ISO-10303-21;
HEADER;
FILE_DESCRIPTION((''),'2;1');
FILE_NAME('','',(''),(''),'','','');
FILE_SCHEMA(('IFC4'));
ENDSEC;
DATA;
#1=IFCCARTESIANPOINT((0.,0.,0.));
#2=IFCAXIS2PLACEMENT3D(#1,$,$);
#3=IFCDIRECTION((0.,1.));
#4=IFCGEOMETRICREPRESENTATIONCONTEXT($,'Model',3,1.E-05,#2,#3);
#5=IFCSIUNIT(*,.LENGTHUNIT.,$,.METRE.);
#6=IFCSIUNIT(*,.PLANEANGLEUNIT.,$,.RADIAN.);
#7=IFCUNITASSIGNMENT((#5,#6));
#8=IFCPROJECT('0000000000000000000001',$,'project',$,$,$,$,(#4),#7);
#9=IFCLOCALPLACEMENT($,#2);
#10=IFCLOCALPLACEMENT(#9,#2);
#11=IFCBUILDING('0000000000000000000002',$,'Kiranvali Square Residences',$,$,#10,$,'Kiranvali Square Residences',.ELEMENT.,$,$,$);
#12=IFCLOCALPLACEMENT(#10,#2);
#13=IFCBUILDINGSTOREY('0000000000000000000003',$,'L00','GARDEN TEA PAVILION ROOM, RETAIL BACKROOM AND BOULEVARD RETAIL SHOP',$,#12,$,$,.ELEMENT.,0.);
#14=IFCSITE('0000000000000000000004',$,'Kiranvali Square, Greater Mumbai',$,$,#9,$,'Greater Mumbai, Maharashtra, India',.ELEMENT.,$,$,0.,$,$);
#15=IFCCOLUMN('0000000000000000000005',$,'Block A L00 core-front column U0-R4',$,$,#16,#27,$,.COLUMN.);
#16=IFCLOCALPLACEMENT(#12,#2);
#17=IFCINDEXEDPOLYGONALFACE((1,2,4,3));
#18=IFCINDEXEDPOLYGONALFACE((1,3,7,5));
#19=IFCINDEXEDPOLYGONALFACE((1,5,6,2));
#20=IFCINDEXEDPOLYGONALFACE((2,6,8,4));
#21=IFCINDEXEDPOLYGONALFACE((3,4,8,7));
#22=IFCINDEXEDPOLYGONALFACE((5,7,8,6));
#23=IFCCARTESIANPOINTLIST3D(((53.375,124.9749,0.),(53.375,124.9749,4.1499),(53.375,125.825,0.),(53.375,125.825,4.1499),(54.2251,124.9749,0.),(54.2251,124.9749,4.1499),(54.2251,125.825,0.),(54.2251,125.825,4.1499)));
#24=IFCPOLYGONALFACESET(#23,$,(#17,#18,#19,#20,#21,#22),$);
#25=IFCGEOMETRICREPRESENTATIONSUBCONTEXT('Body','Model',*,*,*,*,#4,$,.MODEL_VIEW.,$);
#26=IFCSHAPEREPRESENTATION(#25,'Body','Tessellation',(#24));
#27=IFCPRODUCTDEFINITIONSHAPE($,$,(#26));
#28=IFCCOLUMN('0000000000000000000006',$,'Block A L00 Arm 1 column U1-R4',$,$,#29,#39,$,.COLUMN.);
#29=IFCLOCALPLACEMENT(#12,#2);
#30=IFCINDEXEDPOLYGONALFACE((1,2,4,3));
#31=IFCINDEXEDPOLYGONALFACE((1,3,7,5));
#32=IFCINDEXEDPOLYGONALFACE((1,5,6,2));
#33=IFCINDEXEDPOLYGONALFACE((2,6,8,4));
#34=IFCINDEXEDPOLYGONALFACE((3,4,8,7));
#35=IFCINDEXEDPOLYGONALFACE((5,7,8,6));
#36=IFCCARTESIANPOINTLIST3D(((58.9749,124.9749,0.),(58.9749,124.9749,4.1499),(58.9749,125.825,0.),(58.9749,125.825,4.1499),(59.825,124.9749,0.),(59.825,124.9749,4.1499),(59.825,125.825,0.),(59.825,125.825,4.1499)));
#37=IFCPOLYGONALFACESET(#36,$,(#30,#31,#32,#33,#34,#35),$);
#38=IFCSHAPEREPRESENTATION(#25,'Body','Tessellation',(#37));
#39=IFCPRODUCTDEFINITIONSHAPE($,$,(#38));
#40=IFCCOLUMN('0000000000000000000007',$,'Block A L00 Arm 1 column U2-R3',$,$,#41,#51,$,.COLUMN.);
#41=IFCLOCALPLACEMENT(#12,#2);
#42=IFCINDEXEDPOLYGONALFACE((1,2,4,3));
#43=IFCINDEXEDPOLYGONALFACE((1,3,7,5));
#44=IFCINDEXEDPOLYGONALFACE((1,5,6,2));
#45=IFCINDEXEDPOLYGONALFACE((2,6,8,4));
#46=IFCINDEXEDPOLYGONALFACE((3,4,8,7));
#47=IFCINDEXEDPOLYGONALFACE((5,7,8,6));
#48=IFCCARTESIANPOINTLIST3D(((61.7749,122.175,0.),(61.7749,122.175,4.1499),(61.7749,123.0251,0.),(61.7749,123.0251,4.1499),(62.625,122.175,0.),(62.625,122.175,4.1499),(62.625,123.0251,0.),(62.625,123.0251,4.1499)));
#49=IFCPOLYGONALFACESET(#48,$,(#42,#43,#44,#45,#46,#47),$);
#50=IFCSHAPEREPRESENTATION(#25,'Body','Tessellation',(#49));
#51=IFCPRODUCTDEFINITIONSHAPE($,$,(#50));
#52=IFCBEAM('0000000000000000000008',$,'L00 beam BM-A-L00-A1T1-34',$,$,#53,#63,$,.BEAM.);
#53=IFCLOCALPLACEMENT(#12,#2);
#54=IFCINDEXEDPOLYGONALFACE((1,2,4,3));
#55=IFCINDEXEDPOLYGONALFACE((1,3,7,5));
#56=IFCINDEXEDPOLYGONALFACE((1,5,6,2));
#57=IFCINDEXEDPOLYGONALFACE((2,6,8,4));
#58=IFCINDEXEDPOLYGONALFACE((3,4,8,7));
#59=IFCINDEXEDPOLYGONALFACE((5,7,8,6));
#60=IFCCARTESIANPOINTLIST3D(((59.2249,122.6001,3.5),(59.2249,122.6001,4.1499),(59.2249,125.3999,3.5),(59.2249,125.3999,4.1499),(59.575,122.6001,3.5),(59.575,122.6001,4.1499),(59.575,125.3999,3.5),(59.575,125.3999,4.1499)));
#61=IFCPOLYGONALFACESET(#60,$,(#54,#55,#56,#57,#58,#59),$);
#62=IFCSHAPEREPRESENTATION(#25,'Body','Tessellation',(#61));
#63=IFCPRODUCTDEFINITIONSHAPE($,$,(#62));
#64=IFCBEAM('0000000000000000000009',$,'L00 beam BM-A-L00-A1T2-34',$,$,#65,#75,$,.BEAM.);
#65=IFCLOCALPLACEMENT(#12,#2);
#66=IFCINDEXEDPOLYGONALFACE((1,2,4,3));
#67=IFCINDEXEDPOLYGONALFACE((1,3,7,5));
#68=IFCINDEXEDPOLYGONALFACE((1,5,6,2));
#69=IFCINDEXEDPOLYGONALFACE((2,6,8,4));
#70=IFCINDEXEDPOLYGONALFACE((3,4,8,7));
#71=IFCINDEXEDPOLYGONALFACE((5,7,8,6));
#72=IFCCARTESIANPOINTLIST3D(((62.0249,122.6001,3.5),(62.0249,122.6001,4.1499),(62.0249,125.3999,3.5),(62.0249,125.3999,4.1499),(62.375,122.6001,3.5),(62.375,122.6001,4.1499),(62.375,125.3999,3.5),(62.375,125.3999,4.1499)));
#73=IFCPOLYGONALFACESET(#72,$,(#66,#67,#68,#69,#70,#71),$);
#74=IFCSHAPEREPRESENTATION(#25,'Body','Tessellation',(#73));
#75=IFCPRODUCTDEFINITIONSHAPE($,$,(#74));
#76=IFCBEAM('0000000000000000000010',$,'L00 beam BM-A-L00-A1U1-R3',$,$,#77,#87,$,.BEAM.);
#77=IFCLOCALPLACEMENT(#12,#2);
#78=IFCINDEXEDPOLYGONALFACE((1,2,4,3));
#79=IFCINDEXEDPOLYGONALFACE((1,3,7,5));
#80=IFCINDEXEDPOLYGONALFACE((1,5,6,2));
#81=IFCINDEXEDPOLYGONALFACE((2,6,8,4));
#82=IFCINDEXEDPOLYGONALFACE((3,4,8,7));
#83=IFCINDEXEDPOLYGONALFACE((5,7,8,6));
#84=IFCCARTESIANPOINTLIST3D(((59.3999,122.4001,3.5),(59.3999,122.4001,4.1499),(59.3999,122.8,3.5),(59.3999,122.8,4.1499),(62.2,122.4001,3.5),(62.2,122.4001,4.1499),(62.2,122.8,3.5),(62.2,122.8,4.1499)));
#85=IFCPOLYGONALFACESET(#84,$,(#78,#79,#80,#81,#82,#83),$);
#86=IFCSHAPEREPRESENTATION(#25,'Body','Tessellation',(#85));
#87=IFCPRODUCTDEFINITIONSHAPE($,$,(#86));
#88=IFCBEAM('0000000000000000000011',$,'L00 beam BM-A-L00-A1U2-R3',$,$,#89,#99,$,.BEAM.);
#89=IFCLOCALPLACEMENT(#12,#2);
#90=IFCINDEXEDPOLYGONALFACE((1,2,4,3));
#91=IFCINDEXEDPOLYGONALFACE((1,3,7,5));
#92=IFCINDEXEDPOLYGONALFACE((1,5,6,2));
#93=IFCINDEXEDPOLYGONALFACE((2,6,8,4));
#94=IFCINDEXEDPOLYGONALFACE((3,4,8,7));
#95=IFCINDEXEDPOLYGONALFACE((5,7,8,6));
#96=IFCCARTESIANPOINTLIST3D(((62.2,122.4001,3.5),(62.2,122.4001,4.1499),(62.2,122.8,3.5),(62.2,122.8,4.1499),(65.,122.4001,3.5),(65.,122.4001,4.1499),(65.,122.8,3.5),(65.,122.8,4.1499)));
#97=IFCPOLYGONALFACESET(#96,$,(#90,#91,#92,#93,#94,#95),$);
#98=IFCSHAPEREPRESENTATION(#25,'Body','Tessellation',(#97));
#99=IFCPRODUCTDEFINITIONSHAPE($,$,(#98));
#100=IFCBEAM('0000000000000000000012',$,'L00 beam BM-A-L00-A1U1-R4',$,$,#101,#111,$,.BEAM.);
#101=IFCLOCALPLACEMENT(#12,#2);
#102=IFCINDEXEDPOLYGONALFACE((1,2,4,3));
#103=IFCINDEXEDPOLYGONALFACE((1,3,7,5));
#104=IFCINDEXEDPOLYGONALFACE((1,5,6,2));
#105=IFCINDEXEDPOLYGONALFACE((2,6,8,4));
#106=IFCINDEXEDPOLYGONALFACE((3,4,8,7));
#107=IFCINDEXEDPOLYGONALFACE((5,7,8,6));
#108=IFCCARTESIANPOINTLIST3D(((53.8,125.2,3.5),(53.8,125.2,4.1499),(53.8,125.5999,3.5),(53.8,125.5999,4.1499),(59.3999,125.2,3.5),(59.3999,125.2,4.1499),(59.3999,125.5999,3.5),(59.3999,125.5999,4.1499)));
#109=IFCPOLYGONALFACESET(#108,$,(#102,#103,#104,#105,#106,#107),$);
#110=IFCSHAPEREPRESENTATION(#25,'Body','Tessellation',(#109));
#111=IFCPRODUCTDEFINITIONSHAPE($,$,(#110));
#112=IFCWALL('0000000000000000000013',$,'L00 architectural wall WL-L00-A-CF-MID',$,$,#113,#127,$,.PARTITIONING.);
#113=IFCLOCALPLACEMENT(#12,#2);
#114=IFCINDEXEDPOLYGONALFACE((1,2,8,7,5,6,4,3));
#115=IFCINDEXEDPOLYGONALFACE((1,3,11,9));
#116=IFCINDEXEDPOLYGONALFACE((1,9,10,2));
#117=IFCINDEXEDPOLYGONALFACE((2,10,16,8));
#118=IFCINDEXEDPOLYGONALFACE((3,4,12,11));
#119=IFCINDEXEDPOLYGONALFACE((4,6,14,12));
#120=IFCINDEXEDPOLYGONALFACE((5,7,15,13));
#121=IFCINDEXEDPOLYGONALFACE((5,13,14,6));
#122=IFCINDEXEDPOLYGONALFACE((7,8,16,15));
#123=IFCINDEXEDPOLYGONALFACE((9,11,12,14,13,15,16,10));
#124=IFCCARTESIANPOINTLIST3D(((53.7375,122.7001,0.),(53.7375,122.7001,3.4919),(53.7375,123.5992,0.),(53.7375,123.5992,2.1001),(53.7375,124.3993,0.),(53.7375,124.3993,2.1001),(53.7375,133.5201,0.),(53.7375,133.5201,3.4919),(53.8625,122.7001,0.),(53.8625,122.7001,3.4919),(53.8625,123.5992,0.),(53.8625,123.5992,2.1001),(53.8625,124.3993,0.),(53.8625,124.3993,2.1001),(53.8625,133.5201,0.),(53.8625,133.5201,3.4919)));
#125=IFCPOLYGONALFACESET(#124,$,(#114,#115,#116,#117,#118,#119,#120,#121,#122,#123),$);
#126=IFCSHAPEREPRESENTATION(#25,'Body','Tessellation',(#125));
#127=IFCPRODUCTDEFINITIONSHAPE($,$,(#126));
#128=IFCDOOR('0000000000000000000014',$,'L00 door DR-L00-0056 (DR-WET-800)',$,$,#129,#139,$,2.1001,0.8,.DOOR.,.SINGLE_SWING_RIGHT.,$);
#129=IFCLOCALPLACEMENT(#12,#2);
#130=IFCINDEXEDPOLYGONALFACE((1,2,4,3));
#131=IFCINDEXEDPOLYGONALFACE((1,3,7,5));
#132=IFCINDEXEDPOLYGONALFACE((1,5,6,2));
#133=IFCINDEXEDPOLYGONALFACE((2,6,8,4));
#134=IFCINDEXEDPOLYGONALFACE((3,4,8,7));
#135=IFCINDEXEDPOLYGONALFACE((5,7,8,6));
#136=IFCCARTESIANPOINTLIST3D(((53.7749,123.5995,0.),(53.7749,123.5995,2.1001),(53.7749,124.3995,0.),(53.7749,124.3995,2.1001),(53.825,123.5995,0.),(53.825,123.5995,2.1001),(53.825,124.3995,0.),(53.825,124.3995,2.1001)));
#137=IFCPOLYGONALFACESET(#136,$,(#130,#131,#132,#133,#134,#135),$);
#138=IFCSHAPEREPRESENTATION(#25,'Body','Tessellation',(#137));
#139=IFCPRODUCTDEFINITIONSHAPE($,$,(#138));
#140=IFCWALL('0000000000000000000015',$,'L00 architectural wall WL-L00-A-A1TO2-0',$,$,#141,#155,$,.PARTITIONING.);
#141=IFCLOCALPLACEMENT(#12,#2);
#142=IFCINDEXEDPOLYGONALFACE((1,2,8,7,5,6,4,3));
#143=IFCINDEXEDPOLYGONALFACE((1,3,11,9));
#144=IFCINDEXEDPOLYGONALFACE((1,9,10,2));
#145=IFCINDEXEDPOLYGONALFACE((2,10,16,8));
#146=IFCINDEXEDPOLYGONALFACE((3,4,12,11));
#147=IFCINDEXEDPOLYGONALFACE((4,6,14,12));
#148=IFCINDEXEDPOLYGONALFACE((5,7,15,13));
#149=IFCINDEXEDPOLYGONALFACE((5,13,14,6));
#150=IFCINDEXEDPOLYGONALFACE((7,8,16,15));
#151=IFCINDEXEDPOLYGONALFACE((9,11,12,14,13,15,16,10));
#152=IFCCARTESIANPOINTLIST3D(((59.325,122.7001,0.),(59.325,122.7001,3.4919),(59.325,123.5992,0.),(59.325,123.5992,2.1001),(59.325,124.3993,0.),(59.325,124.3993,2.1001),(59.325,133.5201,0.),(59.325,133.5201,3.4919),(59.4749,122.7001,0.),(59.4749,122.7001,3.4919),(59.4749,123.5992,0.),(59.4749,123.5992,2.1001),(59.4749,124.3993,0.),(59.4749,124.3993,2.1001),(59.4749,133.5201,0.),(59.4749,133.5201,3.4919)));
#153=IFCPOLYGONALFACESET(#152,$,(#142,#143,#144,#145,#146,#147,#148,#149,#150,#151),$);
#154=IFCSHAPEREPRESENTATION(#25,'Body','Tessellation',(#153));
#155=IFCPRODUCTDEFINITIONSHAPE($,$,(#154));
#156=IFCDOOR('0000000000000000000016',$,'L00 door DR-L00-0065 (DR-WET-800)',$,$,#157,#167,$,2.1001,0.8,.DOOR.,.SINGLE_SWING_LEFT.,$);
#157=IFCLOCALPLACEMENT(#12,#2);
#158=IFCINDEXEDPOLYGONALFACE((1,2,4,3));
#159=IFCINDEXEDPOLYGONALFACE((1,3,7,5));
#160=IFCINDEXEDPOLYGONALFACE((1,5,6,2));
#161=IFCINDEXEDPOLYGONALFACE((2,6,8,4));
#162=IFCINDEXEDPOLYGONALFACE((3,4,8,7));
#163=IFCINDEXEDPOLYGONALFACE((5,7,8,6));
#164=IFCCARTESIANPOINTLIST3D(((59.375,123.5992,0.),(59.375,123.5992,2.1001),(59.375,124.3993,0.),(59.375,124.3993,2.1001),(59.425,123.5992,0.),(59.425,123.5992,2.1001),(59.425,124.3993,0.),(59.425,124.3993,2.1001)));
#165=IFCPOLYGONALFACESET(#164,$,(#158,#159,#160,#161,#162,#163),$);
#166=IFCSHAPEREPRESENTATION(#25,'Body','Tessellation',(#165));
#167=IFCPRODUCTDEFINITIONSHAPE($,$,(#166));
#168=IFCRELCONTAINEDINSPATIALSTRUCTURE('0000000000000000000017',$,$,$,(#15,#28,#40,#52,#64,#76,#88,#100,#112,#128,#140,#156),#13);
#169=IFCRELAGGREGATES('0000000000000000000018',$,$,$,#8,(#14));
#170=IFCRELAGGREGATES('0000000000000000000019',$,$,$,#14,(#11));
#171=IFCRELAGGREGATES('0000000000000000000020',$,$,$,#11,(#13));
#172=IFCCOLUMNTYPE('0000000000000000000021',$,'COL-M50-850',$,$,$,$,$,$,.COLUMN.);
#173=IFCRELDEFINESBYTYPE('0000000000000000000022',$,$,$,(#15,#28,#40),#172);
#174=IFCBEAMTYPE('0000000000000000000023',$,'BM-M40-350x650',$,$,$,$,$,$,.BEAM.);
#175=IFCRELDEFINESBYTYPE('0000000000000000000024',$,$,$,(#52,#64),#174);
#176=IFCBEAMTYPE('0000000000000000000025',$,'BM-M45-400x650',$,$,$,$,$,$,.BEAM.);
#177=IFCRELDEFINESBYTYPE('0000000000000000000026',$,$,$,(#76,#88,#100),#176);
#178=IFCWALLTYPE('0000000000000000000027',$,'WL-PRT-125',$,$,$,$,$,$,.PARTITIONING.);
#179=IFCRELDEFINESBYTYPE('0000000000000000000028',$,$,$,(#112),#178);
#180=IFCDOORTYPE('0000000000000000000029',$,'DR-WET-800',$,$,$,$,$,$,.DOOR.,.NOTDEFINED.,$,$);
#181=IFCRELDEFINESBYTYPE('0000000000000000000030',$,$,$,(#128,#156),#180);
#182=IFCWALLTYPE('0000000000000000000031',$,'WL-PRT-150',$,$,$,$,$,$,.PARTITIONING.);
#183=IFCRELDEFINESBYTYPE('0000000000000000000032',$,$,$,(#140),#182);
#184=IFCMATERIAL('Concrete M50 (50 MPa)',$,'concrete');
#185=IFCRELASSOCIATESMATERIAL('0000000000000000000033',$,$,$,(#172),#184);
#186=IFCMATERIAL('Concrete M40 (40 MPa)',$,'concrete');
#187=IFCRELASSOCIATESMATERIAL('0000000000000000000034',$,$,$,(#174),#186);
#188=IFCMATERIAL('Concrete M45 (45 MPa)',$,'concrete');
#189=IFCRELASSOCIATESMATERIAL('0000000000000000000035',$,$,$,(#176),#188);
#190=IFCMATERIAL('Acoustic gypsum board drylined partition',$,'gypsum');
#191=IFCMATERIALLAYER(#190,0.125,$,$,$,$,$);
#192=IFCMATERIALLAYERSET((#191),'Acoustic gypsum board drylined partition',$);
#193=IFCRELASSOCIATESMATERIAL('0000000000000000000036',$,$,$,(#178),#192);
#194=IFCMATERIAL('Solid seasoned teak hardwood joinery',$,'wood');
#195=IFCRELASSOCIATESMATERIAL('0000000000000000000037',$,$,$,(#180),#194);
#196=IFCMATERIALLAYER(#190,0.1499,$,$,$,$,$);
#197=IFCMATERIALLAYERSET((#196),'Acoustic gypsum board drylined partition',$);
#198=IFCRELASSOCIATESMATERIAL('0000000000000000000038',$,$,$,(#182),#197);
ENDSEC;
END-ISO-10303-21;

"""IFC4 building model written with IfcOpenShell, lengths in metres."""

from ifc_helpers import new_model, si_unit, direction, frame, frame_2d, origin, origin_2d, place, context, subcontext, project, spatial, rectangle, extrude, material, layer, layer_set, material_profile, profile_set, type_object, element, fill, save


model = new_model("IFC4")

# Units and contexts
model_context = context("Model", 3, precision=1e-05, world=origin(), true_north=direction((0.0, 1.0)))
body_context = subcontext(model_context, "Body", "Model", "MODEL_VIEW")
ifc_project = project(units=[si_unit("LENGTHUNIT", "METRE"), si_unit("PLANEANGLEUNIT", "RADIAN")], contexts=[model_context])

# Site, building, storey
site_placement = place(None, origin())
site = spatial("IfcSite", under=ifc_project, at=site_placement, Name="Kiranvali Square, Greater Mumbai", LongName="Greater Mumbai, Maharashtra, India", CompositionType="ELEMENT", RefElevation=0.0)
building_placement = place(site_placement, origin())
building = spatial("IfcBuilding", under=site, at=building_placement, Name="Kiranvali Square Residences", LongName="Kiranvali Square Residences", CompositionType="ELEMENT")
storey_placement = place(building_placement, origin())
storey = spatial("IfcBuildingStorey", under=building, at=storey_placement, Name="L00", Description="GARDEN TEA PAVILION ROOM, RETAIL BACKROOM AND BOULEVARD RETAIL SHOP", CompositionType="ELEMENT", Elevation=0.0)

# Columns
ifc_material_1 = material(Name="Concrete M50 (50 MPa)", Category="concrete")
ifc_material_profile_1 = material_profile(ifc_material_1, rectangle(XDim=0.8501, YDim=0.8501, at=origin_2d()), Name="RC 850x850")
ifc_profile_set_1 = profile_set([ifc_material_profile_1], Name="Concrete M50 (50 MPa)")
column_type = type_object("IfcColumnType", Name="COL-M50-850", PredefinedType="COLUMN", material=ifc_profile_set_1)
for number, where, z_axis, x_axis, name in (
    (1, (53.8, 125.3999, 0.0), (0.0, 0.0, 1.0), (1.0, 0.0, 0.0), "Block A L00 core-front column U0-R4"),
    (2, (59.3999, 125.3999, 0.0), (0.0, 0.0, 1.0), (1.0, 0.0, 0.0), "Block A L00 Arm 1 column U1-R4"),
    (3, (62.2, 122.6001, 0.0), (0.0, 0.0, 1.0), (1.0, 0.0, 0.0), "Block A L00 Arm 1 column U2-R3"),
):
    element("IfcColumn", number, at=place(storey_placement, frame(where, z_axis=z_axis, x_axis=x_axis)), inside=storey, type_object=column_type, Name=name, PredefinedType="COLUMN", context=body_context, shape_type="SweptSolid", body=[
        extrude(rectangle(XDim=0.8501, YDim=0.8501, at=origin_2d()), origin(), (0.0, 0.0, 1.0), 4.1499),
    ])

# Beams
ifc_material_2 = material(Name="Concrete M40 (40 MPa)", Category="concrete")
ifc_material_profile_2 = material_profile(ifc_material_2, rectangle(XDim=0.3501, YDim=0.6499, at=origin_2d()), Name="RC 350x650")
ifc_profile_set_2 = profile_set([ifc_material_profile_2], Name="Concrete M40 (40 MPa)")
beam_type_1 = type_object("IfcBeamType", Name="BM-M40-350x650", PredefinedType="BEAM", material=ifc_profile_set_2)
for number, where, z_axis, x_axis, name in (
    (4, (59.3999, 122.6001, 3.825), (0.0, 1.0, 0.0), (-1.0, 0.0, 0.0), "L00 beam BM-A-L00-A1T1-34"),
    (5, (62.2, 122.6001, 3.825), (0.0, 1.0, 0.0), (-1.0, 0.0, 0.0), "L00 beam BM-A-L00-A1T2-34"),
):
    element("IfcBeam", number, at=place(storey_placement, frame(where, z_axis=z_axis, x_axis=x_axis)), inside=storey, type_object=beam_type_1, Name=name, PredefinedType="BEAM", context=body_context, shape_type="SweptSolid", body=[
        extrude(rectangle(XDim=0.3501, YDim=0.6499, at=origin_2d()), origin(), (0.0, 0.0, 1.0), 2.7998),
    ])
ifc_material_3 = material(Name="Concrete M45 (45 MPa)", Category="concrete")
ifc_material_profile_3 = material_profile(ifc_material_3, rectangle(XDim=0.3999, YDim=0.6499, at=origin_2d()), Name="RC 400x650")
ifc_profile_set_3 = profile_set([ifc_material_profile_3], Name="Concrete M45 (45 MPa)")
beam_type_2 = type_object("IfcBeamType", Name="BM-M45-400x650", PredefinedType="BEAM", material=ifc_profile_set_3)
for number, where, z_axis, x_axis, name in (
    (6, (59.3999, 122.6001, 3.825), (1.0, 0.0, 0.0), (0.0, 1.0, 0.0), "L00 beam BM-A-L00-A1U1-R3"),
    (7, (62.2, 122.6001, 3.825), (1.0, 0.0, 0.0), (0.0, 1.0, 0.0), "L00 beam BM-A-L00-A1U2-R3"),
):
    element("IfcBeam", number, at=place(storey_placement, frame(where, z_axis=z_axis, x_axis=x_axis)), inside=storey, type_object=beam_type_2, Name=name, PredefinedType="BEAM", context=body_context, shape_type="SweptSolid", body=[
        extrude(rectangle(XDim=0.3999, YDim=0.6499, at=origin_2d()), origin(), (0.0, 0.0, 1.0), 2.8),
    ])
beam_placement = place(storey_placement, frame((53.8, 125.3999, 3.825), z_axis=(1.0, 0.0, 0.0), x_axis=(0.0, 1.0, 0.0)))
element("IfcBeam", 8, at=beam_placement, inside=storey, type_object=beam_type_2, Name="L00 beam BM-A-L00-A1U1-R4", PredefinedType="BEAM", context=body_context, shape_type="SweptSolid", body=[
    extrude(rectangle(XDim=0.3999, YDim=0.6499, at=origin_2d()), origin(), (0.0, 0.0, 1.0), 5.5999),
])

# Walls, openings, doors
ifc_material_4 = material(Name="Acoustic gypsum board drylined partition", Category="gypsum")
ifc_layer_1 = layer(ifc_material_4, 0.125)
ifc_layer_set_1 = layer_set([ifc_layer_1], Name="Acoustic gypsum board drylined partition")
wall_type_1 = type_object("IfcWallType", Name="WL-PRT-125", PredefinedType="PARTITIONING", material=ifc_layer_set_1)
wall_1_placement = place(storey_placement, frame((53.8, 122.7, 0.0), z_axis=(0.0, 0.0, 1.0), x_axis=(0.0, 1.0, 0.0)))
wall_1 = element("IfcWall", 9, at=wall_1_placement, inside=storey, type_object=wall_type_1, Name="L00 architectural wall WL-L00-A-CF-MID", PredefinedType="PARTITIONING", context=body_context, shape_type="SweptSolid", body=[
    extrude(rectangle(XDim=10.8201, YDim=0.125, at=frame_2d((5.4102, 0.0))), origin(), (0.0, 0.0, 1.0), 3.4919),
])
opening_1_placement = place(wall_1_placement, frame((0.8994, 0.0, 0.0)))
opening_1 = element("IfcOpeningElement", 10, at=opening_1_placement, cuts=wall_1, PredefinedType="OPENING", context=body_context, shape_type="SweptSolid", body=[
    extrude(rectangle(XDim=0.8, YDim=2.1001, at=frame_2d((0.3999, 1.05))), frame((0.0, 0.0725, 0.0), z_axis=(0.0, -1.0, 0.0), x_axis=(1.0, 0.0, 0.0)), (0.0, 0.0, 1.0), 0.145),
])
ifc_material_5 = material(Name="Solid seasoned teak hardwood joinery", Category="wood")
door_type = type_object("IfcDoorType", Name="DR-WET-800", OperationType="NOTDEFINED", PredefinedType="DOOR", material=ifc_material_5)
door_1_placement = place(opening_1_placement, frame((0.8, 0.0, 0.0), z_axis=(0.0, 0.0, 1.0), x_axis=(-1.0, 0.0, 0.0)))
door_1 = element("IfcDoor", 11, at=door_1_placement, inside=storey, type_object=door_type, Name="L00 door DR-L00-0056 (DR-WET-800)", OperationType="SINGLE_SWING_RIGHT", OverallHeight=2.1001, OverallWidth=0.8, PredefinedType="DOOR", context=body_context, shape_type="SweptSolid", body=[
    extrude(rectangle(XDim=0.8, YDim=2.1001, at=frame_2d((0.3999, 1.05))), frame((0.0, 0.0249, 0.0), z_axis=(0.0, -1.0, 0.0), x_axis=(1.0, 0.0, 0.0)), (0.0, 0.0, 1.0), 0.05),
])
fill(opening_1, door_1)
ifc_layer_2 = layer(ifc_material_4, 0.1499)
ifc_layer_set_2 = layer_set([ifc_layer_2], Name="Acoustic gypsum board drylined partition")
wall_type_2 = type_object("IfcWallType", Name="WL-PRT-150", PredefinedType="PARTITIONING", material=ifc_layer_set_2)
wall_2_placement = place(storey_placement, frame((59.3999, 122.7, 0.0), z_axis=(0.0, 0.0, 1.0), x_axis=(0.0, 1.0, 0.0)))
wall_2 = element("IfcWall", 12, at=wall_2_placement, inside=storey, type_object=wall_type_2, Name="L00 architectural wall WL-L00-A-A1TO2-0", PredefinedType="PARTITIONING", context=body_context, shape_type="SweptSolid", body=[
    extrude(rectangle(XDim=10.8201, YDim=0.1499, at=frame_2d((5.4102, 0.0))), origin(), (0.0, 0.0, 1.0), 3.4919),
])
opening_2_placement = place(wall_2_placement, frame((0.8994, 0.0, 0.0)))
opening_2 = element("IfcOpeningElement", 13, at=opening_2_placement, cuts=wall_2, PredefinedType="OPENING", context=body_context, shape_type="SweptSolid", body=[
    extrude(rectangle(XDim=0.8, YDim=2.1001, at=frame_2d((0.3999, 1.05))), frame((0.0, 0.085, 0.0), z_axis=(0.0, -1.0, 0.0), x_axis=(1.0, 0.0, 0.0)), (0.0, 0.0, 1.0), 0.1699),
])
door_2_placement = place(opening_2_placement, origin())
door_2 = element("IfcDoor", 14, at=door_2_placement, inside=storey, type_object=door_type, Name="L00 door DR-L00-0065 (DR-WET-800)", OperationType="SINGLE_SWING_LEFT", OverallHeight=2.1001, OverallWidth=0.8, PredefinedType="DOOR", context=body_context, shape_type="SweptSolid", body=[
    extrude(rectangle(XDim=0.8, YDim=2.1001, at=frame_2d((0.3999, 1.05))), frame((0.0, 0.0249, 0.0), z_axis=(0.0, -1.0, 0.0), x_axis=(1.0, 0.0, 0.0)), (0.0, 0.0, 1.0), 0.05),
])
fill(opening_2, door_2)

save(model, "model.ifc")
